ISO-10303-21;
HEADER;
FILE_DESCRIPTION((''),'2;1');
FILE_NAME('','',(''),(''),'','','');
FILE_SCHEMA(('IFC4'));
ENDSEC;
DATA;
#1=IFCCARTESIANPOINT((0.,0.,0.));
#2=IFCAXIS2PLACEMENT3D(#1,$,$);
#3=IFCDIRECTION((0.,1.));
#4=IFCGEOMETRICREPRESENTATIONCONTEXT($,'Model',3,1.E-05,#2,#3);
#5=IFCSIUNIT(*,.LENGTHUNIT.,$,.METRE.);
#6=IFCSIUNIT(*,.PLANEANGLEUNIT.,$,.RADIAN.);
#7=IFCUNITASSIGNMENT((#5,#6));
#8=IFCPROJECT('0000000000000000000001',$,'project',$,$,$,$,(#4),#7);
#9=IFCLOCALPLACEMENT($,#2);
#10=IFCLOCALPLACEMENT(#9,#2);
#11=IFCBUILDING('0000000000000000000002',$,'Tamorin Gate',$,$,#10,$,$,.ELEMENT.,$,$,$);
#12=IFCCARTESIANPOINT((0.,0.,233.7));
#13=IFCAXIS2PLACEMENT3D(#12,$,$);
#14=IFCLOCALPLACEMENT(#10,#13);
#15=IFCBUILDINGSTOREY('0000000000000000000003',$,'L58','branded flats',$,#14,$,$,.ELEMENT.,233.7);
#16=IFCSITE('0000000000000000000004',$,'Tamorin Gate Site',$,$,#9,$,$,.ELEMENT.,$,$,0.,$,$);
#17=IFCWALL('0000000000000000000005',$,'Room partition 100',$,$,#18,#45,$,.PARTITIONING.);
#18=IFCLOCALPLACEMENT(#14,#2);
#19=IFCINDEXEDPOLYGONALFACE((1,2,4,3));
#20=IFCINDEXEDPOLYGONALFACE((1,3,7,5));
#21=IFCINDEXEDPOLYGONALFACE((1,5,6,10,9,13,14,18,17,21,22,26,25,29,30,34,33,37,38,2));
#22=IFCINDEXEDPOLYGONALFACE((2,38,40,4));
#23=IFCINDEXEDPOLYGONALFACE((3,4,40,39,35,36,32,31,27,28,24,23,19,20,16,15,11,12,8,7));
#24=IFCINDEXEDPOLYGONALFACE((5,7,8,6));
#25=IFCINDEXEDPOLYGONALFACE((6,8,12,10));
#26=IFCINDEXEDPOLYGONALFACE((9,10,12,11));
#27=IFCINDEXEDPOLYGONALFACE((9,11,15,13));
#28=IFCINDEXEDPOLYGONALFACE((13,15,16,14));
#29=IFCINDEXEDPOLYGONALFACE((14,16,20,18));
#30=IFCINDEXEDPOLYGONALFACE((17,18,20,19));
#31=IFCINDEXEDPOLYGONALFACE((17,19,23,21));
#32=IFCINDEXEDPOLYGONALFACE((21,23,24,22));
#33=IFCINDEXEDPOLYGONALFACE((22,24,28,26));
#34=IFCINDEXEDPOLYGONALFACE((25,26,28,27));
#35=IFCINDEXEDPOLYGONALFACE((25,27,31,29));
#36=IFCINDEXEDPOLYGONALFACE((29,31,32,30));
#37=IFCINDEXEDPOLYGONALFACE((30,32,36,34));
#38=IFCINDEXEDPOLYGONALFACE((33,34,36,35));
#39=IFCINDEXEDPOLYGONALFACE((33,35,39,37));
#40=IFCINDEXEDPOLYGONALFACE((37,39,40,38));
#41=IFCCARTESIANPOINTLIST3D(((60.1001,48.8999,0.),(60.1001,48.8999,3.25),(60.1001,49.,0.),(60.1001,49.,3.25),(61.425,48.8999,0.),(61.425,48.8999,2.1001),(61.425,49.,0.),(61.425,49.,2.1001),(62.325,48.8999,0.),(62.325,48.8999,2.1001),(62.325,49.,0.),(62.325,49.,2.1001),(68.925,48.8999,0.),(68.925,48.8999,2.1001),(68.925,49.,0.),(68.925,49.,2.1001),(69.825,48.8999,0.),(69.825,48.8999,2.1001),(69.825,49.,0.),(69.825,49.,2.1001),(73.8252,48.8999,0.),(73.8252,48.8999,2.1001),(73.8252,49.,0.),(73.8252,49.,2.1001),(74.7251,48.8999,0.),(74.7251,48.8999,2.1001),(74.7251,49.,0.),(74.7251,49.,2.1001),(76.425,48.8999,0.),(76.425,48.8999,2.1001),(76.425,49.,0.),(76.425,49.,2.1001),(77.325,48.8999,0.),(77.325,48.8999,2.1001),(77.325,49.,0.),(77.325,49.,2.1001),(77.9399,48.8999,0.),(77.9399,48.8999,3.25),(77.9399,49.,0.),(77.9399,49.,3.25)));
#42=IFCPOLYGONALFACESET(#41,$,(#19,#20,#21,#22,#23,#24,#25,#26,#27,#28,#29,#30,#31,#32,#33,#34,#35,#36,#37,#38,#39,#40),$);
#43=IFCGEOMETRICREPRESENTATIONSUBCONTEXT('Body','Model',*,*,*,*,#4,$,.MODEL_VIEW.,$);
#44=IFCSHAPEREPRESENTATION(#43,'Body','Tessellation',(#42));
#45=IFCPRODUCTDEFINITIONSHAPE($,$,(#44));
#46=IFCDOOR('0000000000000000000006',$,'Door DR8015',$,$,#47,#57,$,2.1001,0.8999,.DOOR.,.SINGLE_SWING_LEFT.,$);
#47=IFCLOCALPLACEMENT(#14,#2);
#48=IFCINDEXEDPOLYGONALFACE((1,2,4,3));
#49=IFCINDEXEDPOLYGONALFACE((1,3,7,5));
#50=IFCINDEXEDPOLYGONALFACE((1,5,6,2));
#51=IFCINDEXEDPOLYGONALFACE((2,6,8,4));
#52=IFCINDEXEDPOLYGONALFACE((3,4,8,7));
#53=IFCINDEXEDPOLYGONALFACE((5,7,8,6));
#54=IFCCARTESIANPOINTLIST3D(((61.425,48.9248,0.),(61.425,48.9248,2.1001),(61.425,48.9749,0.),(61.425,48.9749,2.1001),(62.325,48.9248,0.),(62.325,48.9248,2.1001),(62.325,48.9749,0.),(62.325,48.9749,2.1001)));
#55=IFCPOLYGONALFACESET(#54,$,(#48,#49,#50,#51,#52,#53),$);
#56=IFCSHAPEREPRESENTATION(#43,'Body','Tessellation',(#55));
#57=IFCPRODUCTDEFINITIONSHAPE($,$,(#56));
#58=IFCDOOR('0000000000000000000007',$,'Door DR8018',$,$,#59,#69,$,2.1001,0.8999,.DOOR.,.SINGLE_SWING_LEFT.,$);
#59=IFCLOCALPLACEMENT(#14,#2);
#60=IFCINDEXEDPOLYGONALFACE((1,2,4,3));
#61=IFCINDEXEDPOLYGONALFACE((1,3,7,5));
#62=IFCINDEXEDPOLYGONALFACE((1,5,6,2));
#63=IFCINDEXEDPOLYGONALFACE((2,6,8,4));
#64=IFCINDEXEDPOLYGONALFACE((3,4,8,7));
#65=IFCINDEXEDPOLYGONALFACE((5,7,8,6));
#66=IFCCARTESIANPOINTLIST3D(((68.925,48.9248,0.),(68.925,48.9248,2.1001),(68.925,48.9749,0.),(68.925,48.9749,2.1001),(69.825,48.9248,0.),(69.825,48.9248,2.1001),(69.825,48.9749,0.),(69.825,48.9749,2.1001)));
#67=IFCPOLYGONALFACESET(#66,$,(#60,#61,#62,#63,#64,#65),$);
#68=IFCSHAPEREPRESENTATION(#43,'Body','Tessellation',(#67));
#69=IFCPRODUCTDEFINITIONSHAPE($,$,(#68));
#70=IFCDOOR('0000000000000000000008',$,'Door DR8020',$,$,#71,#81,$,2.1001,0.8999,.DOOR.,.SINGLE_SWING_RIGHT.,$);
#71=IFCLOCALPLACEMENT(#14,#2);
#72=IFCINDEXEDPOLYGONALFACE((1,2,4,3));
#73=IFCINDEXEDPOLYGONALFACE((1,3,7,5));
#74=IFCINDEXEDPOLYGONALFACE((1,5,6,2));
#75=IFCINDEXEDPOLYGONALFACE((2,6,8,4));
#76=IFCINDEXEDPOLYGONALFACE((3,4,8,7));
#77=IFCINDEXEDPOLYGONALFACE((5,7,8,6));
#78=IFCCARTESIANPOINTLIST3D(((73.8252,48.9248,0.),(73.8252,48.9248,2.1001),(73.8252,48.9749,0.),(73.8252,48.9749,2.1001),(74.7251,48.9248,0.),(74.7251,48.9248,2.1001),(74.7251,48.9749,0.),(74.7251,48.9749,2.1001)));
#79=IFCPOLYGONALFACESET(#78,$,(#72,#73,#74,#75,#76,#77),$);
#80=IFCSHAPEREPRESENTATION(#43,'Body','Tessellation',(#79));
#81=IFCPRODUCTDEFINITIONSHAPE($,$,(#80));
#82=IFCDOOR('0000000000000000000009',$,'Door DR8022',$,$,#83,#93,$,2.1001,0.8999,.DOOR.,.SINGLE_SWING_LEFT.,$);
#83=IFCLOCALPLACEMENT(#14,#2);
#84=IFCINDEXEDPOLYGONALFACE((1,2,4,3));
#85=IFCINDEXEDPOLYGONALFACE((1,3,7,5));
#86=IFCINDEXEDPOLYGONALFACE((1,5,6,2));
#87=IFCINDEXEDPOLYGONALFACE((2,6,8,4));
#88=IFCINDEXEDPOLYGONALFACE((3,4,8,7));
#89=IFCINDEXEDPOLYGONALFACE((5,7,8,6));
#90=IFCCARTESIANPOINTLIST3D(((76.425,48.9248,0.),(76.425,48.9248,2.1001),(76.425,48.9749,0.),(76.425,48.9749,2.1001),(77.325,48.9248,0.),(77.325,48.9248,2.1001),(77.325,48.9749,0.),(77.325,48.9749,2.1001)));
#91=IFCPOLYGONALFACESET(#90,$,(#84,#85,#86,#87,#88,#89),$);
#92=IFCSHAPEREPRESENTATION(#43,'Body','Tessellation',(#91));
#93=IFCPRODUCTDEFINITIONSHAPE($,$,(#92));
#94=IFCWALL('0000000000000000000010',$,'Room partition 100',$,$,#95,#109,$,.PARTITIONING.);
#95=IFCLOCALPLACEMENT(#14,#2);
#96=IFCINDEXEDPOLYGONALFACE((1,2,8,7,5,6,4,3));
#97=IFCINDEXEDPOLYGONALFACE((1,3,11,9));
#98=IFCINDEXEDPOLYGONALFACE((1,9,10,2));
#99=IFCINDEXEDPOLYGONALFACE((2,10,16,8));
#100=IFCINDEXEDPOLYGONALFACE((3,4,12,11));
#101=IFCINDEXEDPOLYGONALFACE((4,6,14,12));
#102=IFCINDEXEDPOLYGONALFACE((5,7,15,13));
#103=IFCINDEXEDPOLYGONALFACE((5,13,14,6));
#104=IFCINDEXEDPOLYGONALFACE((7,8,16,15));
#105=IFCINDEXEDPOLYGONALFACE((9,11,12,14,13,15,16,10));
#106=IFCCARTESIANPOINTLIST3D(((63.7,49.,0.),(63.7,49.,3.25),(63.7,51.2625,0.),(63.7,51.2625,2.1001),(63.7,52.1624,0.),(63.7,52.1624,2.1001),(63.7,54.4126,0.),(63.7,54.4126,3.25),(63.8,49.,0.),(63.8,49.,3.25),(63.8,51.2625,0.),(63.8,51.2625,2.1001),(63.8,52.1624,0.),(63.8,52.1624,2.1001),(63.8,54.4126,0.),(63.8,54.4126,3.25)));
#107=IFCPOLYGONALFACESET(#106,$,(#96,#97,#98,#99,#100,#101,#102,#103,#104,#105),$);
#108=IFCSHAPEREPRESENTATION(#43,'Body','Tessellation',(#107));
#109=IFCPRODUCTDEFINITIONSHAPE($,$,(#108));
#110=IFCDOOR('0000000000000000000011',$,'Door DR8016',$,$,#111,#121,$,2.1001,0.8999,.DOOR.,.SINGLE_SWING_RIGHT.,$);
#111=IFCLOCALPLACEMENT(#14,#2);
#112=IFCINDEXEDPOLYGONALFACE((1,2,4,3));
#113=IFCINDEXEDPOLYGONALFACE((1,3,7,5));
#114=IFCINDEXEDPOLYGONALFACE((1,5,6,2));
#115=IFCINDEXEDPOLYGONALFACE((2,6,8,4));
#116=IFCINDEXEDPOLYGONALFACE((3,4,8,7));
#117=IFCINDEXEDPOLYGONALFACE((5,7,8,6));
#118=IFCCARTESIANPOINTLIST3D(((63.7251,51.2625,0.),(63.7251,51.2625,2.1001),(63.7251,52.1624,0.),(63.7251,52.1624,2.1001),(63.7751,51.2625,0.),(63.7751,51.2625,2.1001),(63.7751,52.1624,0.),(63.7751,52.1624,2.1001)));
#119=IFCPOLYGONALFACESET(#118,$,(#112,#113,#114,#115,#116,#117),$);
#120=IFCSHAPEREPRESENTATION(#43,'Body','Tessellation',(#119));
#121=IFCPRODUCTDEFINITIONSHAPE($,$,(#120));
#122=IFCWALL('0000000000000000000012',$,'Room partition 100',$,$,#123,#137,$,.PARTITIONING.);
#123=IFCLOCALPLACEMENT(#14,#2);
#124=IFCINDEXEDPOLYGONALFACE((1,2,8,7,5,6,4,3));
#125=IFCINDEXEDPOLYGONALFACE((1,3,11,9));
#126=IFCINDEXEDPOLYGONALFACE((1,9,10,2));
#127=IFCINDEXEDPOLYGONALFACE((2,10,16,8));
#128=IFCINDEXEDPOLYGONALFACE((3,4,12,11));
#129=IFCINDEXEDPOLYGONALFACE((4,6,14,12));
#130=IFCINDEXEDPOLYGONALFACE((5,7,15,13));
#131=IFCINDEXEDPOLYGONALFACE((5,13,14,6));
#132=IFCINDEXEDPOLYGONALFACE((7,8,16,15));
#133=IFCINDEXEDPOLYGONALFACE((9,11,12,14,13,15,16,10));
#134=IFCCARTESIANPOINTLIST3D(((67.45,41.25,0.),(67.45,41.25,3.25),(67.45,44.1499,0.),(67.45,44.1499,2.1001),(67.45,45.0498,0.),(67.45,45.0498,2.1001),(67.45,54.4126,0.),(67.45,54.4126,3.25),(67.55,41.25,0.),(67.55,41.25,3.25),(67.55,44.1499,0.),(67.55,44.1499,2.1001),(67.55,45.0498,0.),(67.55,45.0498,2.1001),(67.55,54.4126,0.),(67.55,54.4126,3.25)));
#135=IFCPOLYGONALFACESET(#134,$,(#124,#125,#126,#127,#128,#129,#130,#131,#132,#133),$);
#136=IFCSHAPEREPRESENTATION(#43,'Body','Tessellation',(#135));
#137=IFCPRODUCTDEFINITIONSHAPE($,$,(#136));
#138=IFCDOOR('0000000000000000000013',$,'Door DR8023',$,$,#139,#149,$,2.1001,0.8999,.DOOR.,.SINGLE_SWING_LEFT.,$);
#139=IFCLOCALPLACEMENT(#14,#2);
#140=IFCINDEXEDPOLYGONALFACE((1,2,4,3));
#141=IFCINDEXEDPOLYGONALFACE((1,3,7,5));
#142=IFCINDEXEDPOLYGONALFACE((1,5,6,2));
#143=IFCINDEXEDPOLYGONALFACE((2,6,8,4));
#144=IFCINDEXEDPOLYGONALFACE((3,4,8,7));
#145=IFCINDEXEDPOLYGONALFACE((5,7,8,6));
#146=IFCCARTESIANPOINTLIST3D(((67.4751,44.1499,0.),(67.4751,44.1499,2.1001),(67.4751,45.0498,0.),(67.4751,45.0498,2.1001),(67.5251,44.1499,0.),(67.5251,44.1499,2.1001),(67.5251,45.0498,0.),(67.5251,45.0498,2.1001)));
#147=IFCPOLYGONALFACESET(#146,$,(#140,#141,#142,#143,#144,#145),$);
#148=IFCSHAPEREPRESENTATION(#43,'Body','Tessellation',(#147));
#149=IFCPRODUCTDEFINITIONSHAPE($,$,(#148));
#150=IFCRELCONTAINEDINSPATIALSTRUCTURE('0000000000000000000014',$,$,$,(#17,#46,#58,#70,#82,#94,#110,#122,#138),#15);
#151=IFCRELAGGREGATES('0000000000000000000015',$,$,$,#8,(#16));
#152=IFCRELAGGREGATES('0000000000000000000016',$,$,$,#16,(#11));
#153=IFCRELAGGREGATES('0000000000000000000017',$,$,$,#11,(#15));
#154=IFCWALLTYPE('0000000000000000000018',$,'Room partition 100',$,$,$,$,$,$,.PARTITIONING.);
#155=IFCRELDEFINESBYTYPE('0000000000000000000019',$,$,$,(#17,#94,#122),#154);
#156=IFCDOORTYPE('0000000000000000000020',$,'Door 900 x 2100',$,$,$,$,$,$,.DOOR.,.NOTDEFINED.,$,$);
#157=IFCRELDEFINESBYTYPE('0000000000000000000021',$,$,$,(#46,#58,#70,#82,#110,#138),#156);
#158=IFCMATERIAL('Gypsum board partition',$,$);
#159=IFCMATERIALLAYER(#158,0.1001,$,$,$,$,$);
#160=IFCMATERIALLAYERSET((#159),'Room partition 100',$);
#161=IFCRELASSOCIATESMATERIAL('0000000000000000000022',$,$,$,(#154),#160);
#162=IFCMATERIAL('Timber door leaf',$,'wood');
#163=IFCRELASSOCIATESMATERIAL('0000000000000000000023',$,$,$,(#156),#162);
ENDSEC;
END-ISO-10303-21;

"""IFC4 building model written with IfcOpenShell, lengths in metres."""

from ifc_helpers import new_model, si_unit, direction, frame, frame_2d, origin, place, context, subcontext, project, spatial, rectangle, extrude, material, layer, layer_set, type_object, element, fill, save


model = new_model("IFC4")

# Units and contexts
model_context = context("Model", 3, precision=1e-05, world=origin(), true_north=direction((0.0, 1.0)))
body_context = subcontext(model_context, "Body", "Model", "MODEL_VIEW")
ifc_project = project(units=[si_unit("LENGTHUNIT", "METRE"), si_unit("PLANEANGLEUNIT", "RADIAN")], contexts=[model_context])

# Site, building, storey
site_placement = place(None, origin())
site = spatial("IfcSite", under=ifc_project, at=site_placement, Name="Tamorin Gate Site", CompositionType="ELEMENT", RefElevation=0.0)
building_placement = place(site_placement, origin())
building = spatial("IfcBuilding", under=site, at=building_placement, Name="Tamorin Gate", CompositionType="ELEMENT")
storey_placement = place(building_placement, frame((0.0, 0.0, 233.7)))
storey = spatial("IfcBuildingStorey", under=building, at=storey_placement, Name="L58", Description="branded flats", CompositionType="ELEMENT", Elevation=233.7)

# Wall, openings, doors
ifc_material_1 = material(Name="Gypsum board partition")
ifc_layer_1 = layer(ifc_material_1, 0.1001)
ifc_layer_set_1 = layer_set([ifc_layer_1], Name="Room partition 100")
wall_type_1 = type_object("IfcWallType", Name="Room partition 100", PredefinedType="PARTITIONING", material=ifc_layer_set_1)
wall_1_placement = place(storey_placement, frame((60.1001, 48.95, 0.0), z_axis=(0.0, 0.0, 1.0), x_axis=(1.0, 0.0, 0.0)))
wall_1 = element("IfcWall", 1, at=wall_1_placement, inside=storey, type_object=wall_type_1, Name="Room partition 100", PredefinedType="PARTITIONING", context=body_context, shape_type="SweptSolid", body=[
    extrude(rectangle(XDim=17.8398, YDim=0.1001, at=frame_2d((8.9199, 0.0))), origin(), (0.0, 0.0, 1.0), 3.25),
])
opening_1_placement = place(wall_1_placement, frame((1.325, 0.0, 0.0)))
opening_1 = element("IfcOpeningElement", 2, at=opening_1_placement, cuts=wall_1, PredefinedType="OPENING", context=body_context, shape_type="SweptSolid", body=[
    extrude(rectangle(XDim=0.8999, YDim=2.1001, at=frame_2d((0.45, 1.05))), frame((0.0, 0.0601, 0.0), z_axis=(0.0, -1.0, 0.0), x_axis=(1.0, 0.0, 0.0)), (0.0, 0.0, 1.0), 0.1201),
])
opening_2_placement = place(wall_1_placement, frame((8.825, 0.0, 0.0)))
opening_2 = element("IfcOpeningElement", 3, at=opening_2_placement, cuts=wall_1, PredefinedType="OPENING", context=body_context, shape_type="SweptSolid", body=[
    extrude(rectangle(XDim=0.8999, YDim=2.1001, at=frame_2d((0.45, 1.05))), frame((0.0, 0.0601, 0.0), z_axis=(0.0, -1.0, 0.0), x_axis=(1.0, 0.0, 0.0)), (0.0, 0.0, 1.0), 0.1201),
])
opening_3_placement = place(wall_1_placement, frame((13.7251, 0.0, 0.0)))
opening_3 = element("IfcOpeningElement", 4, at=opening_3_placement, cuts=wall_1, PredefinedType="OPENING", context=body_context, shape_type="SweptSolid", body=[
    extrude(rectangle(XDim=0.8999, YDim=2.1001, at=frame_2d((0.45, 1.05))), frame((0.0, 0.0601, 0.0), z_axis=(0.0, -1.0, 0.0), x_axis=(1.0, 0.0, 0.0)), (0.0, 0.0, 1.0), 0.1201),
])
opening_4_placement = place(wall_1_placement, frame((16.325, 0.0, 0.0)))
opening_4 = element("IfcOpeningElement", 5, at=opening_4_placement, cuts=wall_1, PredefinedType="OPENING", context=body_context, shape_type="SweptSolid", body=[
    extrude(rectangle(XDim=0.8999, YDim=2.1001, at=frame_2d((0.45, 1.05))), frame((0.0, 0.0601, 0.0), z_axis=(0.0, -1.0, 0.0), x_axis=(1.0, 0.0, 0.0)), (0.0, 0.0, 1.0), 0.1201),
])
ifc_material_2 = material(Name="Timber door leaf", Category="wood")
door_type = type_object("IfcDoorType", Name="Door 900 x 2100", OperationType="NOTDEFINED", PredefinedType="DOOR", material=ifc_material_2)
door_1_placement = place(opening_1_placement, origin())
door_1 = element("IfcDoor", 6, at=door_1_placement, inside=storey, type_object=door_type, Name="Door DR8015", OperationType="SINGLE_SWING_LEFT", OverallHeight=2.1001, OverallWidth=0.8999, PredefinedType="DOOR", context=body_context, shape_type="SweptSolid", body=[
    extrude(rectangle(XDim=0.8999, YDim=2.1001, at=frame_2d((0.45, 1.05))), frame((0.0, 0.0249, 0.0), z_axis=(0.0, -1.0, 0.0), x_axis=(1.0, 0.0, 0.0)), (0.0, 0.0, 1.0), 0.05),
])
fill(opening_1, door_1)
door_2_placement = place(opening_2_placement, origin())
door_2 = element("IfcDoor", 7, at=door_2_placement, inside=storey, type_object=door_type, Name="Door DR8018", OperationType="SINGLE_SWING_LEFT", OverallHeight=2.1001, OverallWidth=0.8999, PredefinedType="DOOR", context=body_context, shape_type="SweptSolid", body=[
    extrude(rectangle(XDim=0.8999, YDim=2.1001, at=frame_2d((0.45, 1.05))), frame((0.0, 0.0249, 0.0), z_axis=(0.0, -1.0, 0.0), x_axis=(1.0, 0.0, 0.0)), (0.0, 0.0, 1.0), 0.05),
])
fill(opening_2, door_2)
door_3_placement = place(opening_3_placement, origin())
door_3 = element("IfcDoor", 8, at=door_3_placement, inside=storey, type_object=door_type, Name="Door DR8020", OperationType="SINGLE_SWING_RIGHT", OverallHeight=2.1001, OverallWidth=0.8999, PredefinedType="DOOR", context=body_context, shape_type="SweptSolid", body=[
    extrude(rectangle(XDim=0.8999, YDim=2.1001, at=frame_2d((0.45, 1.05))), frame((0.0, 0.0249, 0.0), z_axis=(0.0, -1.0, 0.0), x_axis=(1.0, 0.0, 0.0)), (0.0, 0.0, 1.0), 0.05),
])
fill(opening_3, door_3)
door_4_placement = place(opening_4_placement, origin())
door_4 = element("IfcDoor", 9, at=door_4_placement, inside=storey, type_object=door_type, Name="Door DR8022", OperationType="SINGLE_SWING_LEFT", OverallHeight=2.1001, OverallWidth=0.8999, PredefinedType="DOOR", context=body_context, shape_type="SweptSolid", body=[
    extrude(rectangle(XDim=0.8999, YDim=2.1001, at=frame_2d((0.45, 1.05))), frame((0.0, 0.0249, 0.0), z_axis=(0.0, -1.0, 0.0), x_axis=(1.0, 0.0, 0.0)), (0.0, 0.0, 1.0), 0.05),
])
fill(opening_4, door_4)

# Walls, openings, doors
wall_2_placement = place(storey_placement, frame((63.75, 49.0, 0.0), z_axis=(0.0, 0.0, 1.0), x_axis=(0.0, 1.0, 0.0)))
wall_2 = element("IfcWall", 10, at=wall_2_placement, inside=storey, type_object=wall_type_1, Name="Room partition 100", PredefinedType="PARTITIONING", context=body_context, shape_type="SweptSolid", body=[
    extrude(rectangle(XDim=5.4126, YDim=0.1001, at=frame_2d((2.7063, 0.0))), origin(), (0.0, 0.0, 1.0), 3.25),
])
opening_5_placement = place(wall_2_placement, frame((2.2625, 0.0, 0.0)))
opening_5 = element("IfcOpeningElement", 11, at=opening_5_placement, cuts=wall_2, PredefinedType="OPENING", context=body_context, shape_type="SweptSolid", body=[
    extrude(rectangle(XDim=0.8999, YDim=2.1001, at=frame_2d((0.45, 1.05))), frame((0.0, 0.0601, 0.0), z_axis=(0.0, -1.0, 0.0), x_axis=(1.0, 0.0, 0.0)), (0.0, 0.0, 1.0), 0.1201),
])
door_5_placement = place(opening_5_placement, origin())
door_5 = element("IfcDoor", 12, at=door_5_placement, inside=storey, type_object=door_type, Name="Door DR8016", OperationType="SINGLE_SWING_RIGHT", OverallHeight=2.1001, OverallWidth=0.8999, PredefinedType="DOOR", context=body_context, shape_type="SweptSolid", body=[
    extrude(rectangle(XDim=0.8999, YDim=2.1001, at=frame_2d((0.45, 1.05))), frame((0.0, 0.0249, 0.0), z_axis=(0.0, -1.0, 0.0), x_axis=(1.0, 0.0, 0.0)), (0.0, 0.0, 1.0), 0.05),
])
fill(opening_5, door_5)
wall_3_placement = place(storey_placement, frame((67.5, 41.25, 0.0), z_axis=(0.0, 0.0, 1.0), x_axis=(0.0, 1.0, 0.0)))
wall_3 = element("IfcWall", 13, at=wall_3_placement, inside=storey, type_object=wall_type_1, Name="Room partition 100", PredefinedType="PARTITIONING", context=body_context, shape_type="SweptSolid", body=[
    extrude(rectangle(XDim=13.1626, YDim=0.1001, at=frame_2d((6.5813, 0.0))), origin(), (0.0, 0.0, 1.0), 3.25),
])
opening_6_placement = place(wall_3_placement, frame((2.8999, 0.0, 0.0)))
opening_6 = element("IfcOpeningElement", 14, at=opening_6_placement, cuts=wall_3, PredefinedType="OPENING", context=body_context, shape_type="SweptSolid", body=[
    extrude(rectangle(XDim=0.8999, YDim=2.1001, at=frame_2d((0.45, 1.05))), frame((0.0, 0.0601, 0.0), z_axis=(0.0, -1.0, 0.0), x_axis=(1.0, 0.0, 0.0)), (0.0, 0.0, 1.0), 0.1201),
])
door_6_placement = place(opening_6_placement, origin())
door_6 = element("IfcDoor", 15, at=door_6_placement, inside=storey, type_object=door_type, Name="Door DR8023", OperationType="SINGLE_SWING_LEFT", OverallHeight=2.1001, OverallWidth=0.8999, PredefinedType="DOOR", context=body_context, shape_type="SweptSolid", body=[
    extrude(rectangle(XDim=0.8999, YDim=2.1001, at=frame_2d((0.45, 1.05))), frame((0.0, 0.0249, 0.0), z_axis=(0.0, -1.0, 0.0), x_axis=(1.0, 0.0, 0.0)), (0.0, 0.0, 1.0), 0.05),
])
fill(opening_6, door_6)

save(model, "model.ifc")
